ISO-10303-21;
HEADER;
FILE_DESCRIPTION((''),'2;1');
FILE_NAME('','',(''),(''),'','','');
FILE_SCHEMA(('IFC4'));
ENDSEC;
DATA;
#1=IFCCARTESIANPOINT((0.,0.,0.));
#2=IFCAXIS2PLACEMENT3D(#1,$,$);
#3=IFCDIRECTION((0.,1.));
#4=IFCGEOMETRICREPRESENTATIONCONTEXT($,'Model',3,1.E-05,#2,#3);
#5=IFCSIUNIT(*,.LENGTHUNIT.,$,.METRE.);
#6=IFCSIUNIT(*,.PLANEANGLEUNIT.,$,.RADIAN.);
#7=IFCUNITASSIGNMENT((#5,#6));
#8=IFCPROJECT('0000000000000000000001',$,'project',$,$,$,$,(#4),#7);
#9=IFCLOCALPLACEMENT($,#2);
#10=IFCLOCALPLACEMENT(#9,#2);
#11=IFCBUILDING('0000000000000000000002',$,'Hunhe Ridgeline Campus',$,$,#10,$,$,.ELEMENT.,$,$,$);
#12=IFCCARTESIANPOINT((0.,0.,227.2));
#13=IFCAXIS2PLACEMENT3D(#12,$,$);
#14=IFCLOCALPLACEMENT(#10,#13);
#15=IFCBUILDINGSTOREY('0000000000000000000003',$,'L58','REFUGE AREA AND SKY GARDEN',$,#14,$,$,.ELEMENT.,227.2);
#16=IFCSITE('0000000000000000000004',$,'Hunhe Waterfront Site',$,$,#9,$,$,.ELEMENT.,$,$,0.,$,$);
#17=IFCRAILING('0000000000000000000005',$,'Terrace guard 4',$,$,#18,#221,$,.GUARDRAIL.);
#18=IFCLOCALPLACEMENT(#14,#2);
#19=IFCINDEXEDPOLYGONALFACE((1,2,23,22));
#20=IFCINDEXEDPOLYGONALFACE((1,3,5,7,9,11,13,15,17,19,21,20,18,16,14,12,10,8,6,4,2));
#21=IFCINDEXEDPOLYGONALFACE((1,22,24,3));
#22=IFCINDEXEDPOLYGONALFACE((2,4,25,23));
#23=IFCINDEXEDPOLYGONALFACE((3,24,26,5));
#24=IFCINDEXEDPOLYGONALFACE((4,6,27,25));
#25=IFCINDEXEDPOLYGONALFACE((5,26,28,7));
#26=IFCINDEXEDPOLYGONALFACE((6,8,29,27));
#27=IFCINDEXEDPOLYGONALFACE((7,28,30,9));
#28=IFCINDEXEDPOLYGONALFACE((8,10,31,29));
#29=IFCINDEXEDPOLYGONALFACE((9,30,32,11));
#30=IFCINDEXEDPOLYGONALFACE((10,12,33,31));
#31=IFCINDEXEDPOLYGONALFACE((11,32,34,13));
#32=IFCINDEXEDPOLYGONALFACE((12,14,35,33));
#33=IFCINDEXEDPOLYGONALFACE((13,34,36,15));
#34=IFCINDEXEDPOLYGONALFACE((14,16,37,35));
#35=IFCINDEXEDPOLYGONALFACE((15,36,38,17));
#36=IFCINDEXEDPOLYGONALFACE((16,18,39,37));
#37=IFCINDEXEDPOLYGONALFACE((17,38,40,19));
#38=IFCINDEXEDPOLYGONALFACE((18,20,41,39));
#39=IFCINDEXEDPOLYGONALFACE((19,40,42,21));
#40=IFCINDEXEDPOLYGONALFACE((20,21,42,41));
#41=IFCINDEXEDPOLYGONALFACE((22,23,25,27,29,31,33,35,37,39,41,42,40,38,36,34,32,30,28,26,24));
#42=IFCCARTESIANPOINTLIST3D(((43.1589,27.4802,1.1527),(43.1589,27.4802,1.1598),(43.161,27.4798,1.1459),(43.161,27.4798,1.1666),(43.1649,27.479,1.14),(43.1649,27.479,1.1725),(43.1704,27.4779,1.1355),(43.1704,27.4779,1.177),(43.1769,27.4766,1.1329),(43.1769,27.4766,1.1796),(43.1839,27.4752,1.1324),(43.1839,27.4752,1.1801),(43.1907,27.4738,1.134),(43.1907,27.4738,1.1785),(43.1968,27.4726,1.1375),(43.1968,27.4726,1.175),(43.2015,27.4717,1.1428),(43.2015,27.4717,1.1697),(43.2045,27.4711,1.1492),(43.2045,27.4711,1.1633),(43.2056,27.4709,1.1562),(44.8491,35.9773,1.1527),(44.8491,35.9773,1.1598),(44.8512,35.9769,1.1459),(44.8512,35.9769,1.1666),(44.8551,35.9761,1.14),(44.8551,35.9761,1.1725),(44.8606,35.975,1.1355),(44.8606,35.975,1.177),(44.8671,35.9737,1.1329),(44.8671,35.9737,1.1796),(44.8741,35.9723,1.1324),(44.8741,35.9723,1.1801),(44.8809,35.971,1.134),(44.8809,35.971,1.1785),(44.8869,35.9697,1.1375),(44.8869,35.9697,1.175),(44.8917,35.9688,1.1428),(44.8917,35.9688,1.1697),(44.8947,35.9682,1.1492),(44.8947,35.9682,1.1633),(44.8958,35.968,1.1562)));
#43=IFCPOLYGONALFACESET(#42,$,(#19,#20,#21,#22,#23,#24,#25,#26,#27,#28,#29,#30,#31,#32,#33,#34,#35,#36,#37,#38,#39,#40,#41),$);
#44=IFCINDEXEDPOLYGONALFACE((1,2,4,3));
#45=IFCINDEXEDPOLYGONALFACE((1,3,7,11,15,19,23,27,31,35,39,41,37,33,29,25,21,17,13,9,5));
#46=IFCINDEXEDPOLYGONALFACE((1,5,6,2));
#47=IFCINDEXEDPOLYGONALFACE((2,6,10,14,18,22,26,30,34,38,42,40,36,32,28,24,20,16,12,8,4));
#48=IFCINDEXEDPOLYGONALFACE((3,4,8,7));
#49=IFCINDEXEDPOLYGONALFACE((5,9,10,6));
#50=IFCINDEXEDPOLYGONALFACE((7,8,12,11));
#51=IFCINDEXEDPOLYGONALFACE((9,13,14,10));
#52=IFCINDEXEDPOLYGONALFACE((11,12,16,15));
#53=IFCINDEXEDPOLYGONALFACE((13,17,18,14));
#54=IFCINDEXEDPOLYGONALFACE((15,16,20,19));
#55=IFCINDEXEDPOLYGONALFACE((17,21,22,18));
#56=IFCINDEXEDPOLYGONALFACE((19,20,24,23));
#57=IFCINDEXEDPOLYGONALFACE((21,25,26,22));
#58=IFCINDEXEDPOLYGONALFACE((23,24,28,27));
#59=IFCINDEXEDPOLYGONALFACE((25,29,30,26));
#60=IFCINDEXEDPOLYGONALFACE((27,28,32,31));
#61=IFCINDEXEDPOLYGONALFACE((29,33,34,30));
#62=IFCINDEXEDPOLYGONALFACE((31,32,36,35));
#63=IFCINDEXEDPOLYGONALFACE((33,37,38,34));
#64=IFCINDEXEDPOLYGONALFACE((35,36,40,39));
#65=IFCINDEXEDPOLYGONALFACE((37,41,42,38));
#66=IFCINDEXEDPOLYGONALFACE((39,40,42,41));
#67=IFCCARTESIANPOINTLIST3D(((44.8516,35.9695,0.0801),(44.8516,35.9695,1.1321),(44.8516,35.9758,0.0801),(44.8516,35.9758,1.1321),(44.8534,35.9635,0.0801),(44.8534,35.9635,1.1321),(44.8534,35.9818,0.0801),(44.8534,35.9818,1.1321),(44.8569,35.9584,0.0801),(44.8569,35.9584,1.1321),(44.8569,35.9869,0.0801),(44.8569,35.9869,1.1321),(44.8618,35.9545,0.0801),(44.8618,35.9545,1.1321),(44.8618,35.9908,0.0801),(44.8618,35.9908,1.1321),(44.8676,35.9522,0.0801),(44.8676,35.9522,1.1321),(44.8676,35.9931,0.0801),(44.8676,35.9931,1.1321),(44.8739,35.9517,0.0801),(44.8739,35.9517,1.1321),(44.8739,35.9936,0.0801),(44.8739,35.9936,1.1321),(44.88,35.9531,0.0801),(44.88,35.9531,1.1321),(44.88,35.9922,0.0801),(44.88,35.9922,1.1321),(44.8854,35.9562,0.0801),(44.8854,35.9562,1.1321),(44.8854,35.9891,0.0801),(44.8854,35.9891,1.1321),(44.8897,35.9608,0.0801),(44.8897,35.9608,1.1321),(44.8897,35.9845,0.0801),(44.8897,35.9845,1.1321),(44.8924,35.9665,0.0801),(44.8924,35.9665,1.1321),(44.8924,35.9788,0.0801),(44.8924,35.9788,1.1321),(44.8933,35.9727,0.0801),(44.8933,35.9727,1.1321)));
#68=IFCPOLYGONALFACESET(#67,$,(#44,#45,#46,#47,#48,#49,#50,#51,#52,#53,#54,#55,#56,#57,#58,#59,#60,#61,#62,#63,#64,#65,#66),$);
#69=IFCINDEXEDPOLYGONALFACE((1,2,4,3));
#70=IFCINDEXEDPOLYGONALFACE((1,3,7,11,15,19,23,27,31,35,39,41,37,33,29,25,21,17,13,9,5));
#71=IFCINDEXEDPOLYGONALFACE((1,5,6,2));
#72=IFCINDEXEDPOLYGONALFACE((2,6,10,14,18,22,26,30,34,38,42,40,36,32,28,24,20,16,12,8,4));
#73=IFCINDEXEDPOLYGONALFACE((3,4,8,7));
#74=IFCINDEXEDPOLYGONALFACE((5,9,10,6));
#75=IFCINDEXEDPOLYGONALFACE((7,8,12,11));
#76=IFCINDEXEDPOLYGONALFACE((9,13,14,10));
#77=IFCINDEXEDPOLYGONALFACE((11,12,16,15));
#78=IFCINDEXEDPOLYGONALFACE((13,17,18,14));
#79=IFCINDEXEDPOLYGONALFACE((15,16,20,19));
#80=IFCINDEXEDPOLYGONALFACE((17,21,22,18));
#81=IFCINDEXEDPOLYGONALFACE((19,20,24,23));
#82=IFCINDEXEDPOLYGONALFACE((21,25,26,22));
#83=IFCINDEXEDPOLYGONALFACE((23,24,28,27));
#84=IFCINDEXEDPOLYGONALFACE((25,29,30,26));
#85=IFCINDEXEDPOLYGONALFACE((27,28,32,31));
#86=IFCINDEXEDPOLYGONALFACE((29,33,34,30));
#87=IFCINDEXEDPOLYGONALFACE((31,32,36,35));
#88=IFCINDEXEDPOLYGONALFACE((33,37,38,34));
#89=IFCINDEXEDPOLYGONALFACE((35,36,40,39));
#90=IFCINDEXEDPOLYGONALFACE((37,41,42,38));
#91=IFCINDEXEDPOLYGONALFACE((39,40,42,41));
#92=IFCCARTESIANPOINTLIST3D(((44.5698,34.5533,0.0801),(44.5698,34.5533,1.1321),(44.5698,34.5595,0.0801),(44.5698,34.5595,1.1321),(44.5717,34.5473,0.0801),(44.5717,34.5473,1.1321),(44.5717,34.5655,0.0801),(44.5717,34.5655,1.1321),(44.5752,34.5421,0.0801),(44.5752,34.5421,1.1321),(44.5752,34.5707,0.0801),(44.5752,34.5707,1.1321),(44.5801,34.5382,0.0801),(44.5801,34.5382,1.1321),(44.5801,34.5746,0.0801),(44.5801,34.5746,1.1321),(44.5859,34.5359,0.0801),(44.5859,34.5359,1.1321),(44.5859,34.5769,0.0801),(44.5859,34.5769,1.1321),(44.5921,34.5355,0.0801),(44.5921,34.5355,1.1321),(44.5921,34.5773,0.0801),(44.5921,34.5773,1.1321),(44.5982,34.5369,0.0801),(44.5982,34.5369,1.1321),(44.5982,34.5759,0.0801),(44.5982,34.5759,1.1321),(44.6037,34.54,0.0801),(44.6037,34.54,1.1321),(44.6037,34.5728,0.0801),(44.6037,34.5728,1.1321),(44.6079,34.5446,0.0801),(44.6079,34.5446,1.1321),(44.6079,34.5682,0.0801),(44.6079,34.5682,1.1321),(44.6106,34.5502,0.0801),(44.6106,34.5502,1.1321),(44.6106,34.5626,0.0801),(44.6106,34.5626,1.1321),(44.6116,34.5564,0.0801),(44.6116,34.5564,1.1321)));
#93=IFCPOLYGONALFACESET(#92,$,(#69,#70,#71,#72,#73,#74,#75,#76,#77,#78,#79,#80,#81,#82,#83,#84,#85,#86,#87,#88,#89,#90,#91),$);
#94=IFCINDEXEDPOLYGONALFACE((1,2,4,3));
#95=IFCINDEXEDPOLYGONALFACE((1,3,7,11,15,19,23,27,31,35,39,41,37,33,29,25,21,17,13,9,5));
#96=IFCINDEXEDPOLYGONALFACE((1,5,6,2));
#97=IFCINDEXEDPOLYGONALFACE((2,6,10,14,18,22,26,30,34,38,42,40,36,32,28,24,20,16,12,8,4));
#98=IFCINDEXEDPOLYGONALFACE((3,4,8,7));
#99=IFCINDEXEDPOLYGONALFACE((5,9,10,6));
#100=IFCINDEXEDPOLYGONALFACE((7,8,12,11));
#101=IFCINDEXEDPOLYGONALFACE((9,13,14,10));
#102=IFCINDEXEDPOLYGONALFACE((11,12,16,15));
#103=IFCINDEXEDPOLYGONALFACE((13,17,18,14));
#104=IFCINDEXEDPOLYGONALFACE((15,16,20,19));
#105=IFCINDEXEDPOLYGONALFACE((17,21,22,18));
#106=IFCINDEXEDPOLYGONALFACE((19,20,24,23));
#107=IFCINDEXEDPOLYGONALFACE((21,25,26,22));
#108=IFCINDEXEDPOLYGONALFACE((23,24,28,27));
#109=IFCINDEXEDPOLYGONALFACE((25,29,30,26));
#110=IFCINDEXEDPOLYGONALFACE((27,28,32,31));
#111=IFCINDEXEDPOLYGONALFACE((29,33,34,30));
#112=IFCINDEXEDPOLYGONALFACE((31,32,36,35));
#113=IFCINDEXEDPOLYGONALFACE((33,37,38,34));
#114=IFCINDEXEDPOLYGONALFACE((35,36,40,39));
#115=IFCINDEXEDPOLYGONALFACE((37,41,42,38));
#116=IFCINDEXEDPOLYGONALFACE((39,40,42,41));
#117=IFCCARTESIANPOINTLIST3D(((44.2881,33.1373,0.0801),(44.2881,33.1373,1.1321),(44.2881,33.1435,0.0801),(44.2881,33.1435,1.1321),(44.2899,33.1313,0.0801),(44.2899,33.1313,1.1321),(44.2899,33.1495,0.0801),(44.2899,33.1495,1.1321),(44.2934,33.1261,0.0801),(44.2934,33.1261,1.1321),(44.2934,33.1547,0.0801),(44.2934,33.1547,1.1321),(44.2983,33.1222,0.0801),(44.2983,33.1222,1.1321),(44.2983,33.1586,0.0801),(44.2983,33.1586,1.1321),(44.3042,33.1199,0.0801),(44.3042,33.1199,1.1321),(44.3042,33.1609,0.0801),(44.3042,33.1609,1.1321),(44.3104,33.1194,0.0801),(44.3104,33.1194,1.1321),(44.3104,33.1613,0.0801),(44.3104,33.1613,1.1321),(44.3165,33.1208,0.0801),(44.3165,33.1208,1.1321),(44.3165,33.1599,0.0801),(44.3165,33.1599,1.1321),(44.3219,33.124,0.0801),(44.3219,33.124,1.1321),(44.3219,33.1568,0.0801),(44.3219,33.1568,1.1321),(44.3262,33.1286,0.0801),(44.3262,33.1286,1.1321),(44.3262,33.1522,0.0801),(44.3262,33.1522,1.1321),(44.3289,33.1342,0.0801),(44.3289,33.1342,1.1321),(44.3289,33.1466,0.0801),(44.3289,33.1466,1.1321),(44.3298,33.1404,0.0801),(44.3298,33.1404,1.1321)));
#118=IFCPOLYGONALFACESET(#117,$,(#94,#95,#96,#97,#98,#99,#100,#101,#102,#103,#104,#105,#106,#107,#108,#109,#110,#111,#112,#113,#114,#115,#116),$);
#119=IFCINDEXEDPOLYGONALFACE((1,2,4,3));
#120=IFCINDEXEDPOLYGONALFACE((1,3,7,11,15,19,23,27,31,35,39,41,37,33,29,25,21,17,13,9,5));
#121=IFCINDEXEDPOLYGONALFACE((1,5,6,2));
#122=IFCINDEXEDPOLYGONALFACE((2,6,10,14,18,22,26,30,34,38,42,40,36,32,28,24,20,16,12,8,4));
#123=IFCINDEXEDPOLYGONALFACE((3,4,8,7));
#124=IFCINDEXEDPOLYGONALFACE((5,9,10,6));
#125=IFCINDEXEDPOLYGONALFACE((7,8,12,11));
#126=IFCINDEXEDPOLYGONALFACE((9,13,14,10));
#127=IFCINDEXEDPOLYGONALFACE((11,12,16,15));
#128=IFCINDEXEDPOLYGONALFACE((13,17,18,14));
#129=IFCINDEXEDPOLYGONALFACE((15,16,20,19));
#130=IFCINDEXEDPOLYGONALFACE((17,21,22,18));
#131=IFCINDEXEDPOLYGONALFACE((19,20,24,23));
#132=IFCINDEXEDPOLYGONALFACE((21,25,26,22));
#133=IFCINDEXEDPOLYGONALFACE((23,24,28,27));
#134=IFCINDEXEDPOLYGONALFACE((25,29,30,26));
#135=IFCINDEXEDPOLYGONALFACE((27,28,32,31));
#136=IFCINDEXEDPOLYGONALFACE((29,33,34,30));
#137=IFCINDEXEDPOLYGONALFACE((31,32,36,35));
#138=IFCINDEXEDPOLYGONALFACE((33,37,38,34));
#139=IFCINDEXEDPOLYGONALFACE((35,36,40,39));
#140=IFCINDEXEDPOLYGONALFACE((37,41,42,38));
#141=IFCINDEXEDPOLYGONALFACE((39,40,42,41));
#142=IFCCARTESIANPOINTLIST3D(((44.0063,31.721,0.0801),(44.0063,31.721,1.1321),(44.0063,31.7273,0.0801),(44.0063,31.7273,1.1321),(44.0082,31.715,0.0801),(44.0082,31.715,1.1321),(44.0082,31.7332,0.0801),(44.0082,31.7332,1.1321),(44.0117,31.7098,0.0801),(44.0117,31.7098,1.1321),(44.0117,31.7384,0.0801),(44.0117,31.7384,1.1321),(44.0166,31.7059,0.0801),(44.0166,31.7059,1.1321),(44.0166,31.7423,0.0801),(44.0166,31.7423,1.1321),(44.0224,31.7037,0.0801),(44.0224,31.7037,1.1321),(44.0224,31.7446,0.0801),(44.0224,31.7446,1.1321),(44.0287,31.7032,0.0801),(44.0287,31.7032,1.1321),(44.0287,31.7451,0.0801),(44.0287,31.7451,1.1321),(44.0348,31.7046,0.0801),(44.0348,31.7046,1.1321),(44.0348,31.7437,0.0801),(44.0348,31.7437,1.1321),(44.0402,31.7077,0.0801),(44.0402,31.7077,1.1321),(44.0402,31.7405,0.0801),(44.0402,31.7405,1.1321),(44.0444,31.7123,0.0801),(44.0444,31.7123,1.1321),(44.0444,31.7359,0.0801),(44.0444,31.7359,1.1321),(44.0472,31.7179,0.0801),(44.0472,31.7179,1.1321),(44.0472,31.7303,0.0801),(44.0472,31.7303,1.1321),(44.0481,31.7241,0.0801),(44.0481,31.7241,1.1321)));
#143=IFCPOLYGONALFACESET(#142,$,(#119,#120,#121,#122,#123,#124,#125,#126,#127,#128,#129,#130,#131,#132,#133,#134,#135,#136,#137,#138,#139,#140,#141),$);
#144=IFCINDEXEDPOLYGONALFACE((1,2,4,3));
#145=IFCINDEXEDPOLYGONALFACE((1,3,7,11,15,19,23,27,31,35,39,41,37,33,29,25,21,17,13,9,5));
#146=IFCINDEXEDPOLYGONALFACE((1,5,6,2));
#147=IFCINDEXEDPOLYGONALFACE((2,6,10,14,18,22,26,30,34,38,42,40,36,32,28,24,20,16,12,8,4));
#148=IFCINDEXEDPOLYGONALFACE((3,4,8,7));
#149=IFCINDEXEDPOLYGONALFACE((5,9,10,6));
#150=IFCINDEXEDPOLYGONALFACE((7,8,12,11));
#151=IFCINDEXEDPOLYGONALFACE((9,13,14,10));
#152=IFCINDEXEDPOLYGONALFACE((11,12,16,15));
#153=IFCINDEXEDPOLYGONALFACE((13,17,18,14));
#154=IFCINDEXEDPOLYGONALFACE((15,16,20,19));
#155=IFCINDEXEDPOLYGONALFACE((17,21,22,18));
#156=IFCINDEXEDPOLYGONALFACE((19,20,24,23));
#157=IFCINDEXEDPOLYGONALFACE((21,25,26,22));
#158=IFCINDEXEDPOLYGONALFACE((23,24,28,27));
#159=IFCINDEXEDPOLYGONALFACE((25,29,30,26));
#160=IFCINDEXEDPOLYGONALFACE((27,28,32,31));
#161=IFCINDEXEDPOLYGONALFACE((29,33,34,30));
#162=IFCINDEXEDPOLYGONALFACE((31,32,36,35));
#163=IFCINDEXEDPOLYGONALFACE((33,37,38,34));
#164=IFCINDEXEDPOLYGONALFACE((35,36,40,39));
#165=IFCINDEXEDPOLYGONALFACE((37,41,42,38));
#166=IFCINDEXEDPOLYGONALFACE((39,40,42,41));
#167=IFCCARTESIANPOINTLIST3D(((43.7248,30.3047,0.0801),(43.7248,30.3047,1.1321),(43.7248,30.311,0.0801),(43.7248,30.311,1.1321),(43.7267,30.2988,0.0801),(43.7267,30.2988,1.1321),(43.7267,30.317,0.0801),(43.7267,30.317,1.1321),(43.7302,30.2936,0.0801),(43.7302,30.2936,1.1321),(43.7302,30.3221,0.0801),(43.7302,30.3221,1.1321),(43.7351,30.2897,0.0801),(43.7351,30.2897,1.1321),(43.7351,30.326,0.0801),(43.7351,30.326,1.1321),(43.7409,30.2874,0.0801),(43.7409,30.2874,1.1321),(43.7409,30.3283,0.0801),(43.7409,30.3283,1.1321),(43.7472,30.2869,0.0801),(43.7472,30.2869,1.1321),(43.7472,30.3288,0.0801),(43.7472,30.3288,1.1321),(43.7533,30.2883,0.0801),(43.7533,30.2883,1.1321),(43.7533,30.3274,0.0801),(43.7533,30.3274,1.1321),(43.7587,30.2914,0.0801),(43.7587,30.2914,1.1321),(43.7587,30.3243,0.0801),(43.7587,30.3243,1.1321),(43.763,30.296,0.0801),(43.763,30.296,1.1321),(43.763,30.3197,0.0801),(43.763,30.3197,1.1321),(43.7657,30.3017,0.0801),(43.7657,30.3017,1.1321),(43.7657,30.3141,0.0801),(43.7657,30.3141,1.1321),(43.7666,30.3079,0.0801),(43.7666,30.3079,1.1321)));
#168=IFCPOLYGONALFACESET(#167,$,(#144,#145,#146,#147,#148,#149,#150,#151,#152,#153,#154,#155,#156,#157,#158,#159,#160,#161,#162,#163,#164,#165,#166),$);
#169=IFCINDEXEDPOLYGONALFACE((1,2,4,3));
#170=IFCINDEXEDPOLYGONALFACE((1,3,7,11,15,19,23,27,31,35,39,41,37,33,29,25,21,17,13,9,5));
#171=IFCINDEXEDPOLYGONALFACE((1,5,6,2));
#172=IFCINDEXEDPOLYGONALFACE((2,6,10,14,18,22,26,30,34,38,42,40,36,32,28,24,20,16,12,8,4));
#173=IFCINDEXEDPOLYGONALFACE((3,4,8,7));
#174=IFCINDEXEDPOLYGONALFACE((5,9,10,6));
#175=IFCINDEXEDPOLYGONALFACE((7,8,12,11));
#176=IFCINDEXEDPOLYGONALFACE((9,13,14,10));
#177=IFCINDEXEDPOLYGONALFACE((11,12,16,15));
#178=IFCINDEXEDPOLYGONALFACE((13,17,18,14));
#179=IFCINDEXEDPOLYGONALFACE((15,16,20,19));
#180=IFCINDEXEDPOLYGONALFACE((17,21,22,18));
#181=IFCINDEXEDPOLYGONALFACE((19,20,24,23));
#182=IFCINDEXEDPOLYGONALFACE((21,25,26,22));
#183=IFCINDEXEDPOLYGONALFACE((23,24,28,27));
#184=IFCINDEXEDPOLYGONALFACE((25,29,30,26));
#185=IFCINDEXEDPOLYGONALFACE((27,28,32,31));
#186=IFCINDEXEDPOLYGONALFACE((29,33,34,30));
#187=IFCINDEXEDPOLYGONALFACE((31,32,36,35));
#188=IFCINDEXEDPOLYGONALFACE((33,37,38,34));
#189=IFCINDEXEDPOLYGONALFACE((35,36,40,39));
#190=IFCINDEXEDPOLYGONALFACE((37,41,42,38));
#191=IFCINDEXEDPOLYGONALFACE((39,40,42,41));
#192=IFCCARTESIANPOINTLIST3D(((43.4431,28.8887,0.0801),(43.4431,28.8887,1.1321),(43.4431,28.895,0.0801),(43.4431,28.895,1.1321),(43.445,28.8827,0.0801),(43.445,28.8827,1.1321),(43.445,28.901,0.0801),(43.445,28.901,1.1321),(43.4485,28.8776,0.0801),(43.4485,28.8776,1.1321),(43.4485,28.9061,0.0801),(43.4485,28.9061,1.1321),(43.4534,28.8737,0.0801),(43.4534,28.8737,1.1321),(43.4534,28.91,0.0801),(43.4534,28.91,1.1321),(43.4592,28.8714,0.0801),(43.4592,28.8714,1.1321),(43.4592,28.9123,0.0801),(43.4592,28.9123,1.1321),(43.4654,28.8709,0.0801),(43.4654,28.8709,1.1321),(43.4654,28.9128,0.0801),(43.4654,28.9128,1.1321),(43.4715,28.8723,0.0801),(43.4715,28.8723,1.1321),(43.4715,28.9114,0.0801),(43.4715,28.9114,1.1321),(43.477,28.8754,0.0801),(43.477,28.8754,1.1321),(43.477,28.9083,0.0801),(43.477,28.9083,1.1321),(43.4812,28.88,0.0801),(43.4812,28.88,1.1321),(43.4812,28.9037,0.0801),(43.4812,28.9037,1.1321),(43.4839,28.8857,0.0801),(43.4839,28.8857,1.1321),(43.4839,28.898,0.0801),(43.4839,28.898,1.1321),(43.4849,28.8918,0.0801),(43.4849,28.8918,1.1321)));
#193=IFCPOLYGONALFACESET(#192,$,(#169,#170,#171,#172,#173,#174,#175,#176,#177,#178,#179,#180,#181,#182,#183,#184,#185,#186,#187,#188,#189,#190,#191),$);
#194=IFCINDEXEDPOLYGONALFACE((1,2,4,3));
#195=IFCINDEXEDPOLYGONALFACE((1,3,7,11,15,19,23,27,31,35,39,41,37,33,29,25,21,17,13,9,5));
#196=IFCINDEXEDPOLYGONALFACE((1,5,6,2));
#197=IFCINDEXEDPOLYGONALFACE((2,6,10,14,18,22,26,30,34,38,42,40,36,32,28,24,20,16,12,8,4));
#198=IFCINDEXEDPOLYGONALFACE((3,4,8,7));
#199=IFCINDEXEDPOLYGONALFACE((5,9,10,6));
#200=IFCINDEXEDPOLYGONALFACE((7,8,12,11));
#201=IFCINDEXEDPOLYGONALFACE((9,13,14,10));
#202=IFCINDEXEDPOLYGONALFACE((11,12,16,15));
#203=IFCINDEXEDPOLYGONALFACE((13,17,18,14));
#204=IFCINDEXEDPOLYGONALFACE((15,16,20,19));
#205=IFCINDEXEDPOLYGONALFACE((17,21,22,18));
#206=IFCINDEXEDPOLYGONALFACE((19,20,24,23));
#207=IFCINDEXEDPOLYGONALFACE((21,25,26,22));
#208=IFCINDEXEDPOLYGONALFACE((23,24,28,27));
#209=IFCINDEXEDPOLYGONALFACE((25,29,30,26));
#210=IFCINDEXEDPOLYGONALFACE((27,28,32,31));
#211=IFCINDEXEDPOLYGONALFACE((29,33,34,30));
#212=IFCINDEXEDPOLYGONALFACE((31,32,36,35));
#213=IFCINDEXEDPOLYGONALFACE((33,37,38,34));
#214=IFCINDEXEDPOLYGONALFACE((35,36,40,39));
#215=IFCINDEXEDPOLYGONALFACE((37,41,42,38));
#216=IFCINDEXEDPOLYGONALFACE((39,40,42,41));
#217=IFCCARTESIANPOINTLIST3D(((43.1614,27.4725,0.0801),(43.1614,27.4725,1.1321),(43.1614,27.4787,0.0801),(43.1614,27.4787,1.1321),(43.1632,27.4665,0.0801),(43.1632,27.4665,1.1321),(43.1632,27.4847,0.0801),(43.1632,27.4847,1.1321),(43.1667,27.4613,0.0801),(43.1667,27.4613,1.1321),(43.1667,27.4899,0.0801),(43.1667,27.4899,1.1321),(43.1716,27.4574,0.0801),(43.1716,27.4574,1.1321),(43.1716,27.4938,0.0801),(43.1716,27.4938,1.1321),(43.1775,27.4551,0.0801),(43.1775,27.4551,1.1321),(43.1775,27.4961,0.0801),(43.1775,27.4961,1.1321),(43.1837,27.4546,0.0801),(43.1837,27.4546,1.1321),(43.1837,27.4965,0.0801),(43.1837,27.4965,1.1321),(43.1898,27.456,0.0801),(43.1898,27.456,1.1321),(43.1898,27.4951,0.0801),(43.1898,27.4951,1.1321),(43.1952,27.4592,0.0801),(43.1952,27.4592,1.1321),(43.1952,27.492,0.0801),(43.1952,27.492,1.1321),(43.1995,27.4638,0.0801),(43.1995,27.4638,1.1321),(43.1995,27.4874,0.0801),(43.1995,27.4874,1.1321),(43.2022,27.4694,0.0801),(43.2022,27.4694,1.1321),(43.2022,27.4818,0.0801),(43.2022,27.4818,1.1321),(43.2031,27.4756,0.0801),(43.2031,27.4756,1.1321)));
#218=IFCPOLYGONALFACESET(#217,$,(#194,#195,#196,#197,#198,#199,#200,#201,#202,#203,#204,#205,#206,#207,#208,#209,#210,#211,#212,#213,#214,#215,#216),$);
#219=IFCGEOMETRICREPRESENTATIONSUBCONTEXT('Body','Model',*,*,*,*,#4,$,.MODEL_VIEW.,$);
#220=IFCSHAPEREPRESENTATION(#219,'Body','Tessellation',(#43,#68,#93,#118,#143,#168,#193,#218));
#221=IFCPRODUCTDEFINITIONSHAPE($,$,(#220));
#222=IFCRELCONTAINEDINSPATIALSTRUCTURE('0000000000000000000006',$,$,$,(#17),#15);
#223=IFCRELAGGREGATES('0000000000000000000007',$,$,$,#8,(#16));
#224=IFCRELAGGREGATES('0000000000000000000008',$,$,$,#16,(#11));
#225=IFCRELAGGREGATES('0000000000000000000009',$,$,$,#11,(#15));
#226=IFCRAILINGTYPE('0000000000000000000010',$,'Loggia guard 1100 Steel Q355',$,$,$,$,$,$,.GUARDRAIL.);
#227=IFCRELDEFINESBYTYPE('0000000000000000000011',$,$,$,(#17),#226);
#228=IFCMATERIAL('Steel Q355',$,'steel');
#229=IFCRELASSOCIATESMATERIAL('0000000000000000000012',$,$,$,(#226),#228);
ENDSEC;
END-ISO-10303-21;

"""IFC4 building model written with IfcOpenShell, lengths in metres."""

from ifc_helpers import new_model, si_unit, direction, frame, origin, origin_2d, place, context, subcontext, project, spatial, circle, extrude, material, type_object, element, save


model = new_model("IFC4")

# Units and contexts
model_context = context("Model", 3, precision=1e-05, world=origin(), true_north=direction((0.0, 1.0)))
body_context = subcontext(model_context, "Body", "Model", "MODEL_VIEW")
ifc_project = project(units=[si_unit("LENGTHUNIT", "METRE"), si_unit("PLANEANGLEUNIT", "RADIAN")], contexts=[model_context])

# Site, building, storey
site_placement = place(None, origin())
site = spatial("IfcSite", under=ifc_project, at=site_placement, Name="Hunhe Waterfront Site", CompositionType="ELEMENT", RefElevation=0.0)
building_placement = place(site_placement, origin())
building = spatial("IfcBuilding", under=site, at=building_placement, Name="Hunhe Ridgeline Campus", CompositionType="ELEMENT")
storey_placement = place(building_placement, frame((0.0, 0.0, 227.2)))
storey = spatial("IfcBuildingStorey", under=building, at=storey_placement, Name="L58", Description="REFUGE AREA AND SKY GARDEN", CompositionType="ELEMENT", Elevation=227.2)

# Railing
ifc_material_1 = material(Name="Steel Q355", Category="steel")
railing_type = type_object("IfcRailingType", Name="Loggia guard 1100 Steel Q355", PredefinedType="GUARDRAIL", material=ifc_material_1)
railing_1_placement = place(storey_placement, frame((44.8723, 35.9727, 0.0801)))
element("IfcRailing", 1, at=railing_1_placement, inside=storey, type_object=railing_type, Name="Terrace guard 4", PredefinedType="GUARDRAIL", context=body_context, shape_type="SweptSolid", body=[
    extrude(circle(Radius=0.0239, at=origin_2d()), frame((0.0, 0.0, 1.0762), z_axis=(-0.195092, -0.980785, 0.0), x_axis=(0.980785, -0.195092, 0.0)), (0.0, 0.0, 1.0), 8.6636),
    extrude(circle(Radius=0.021, at=origin_2d()), origin(), (0.0, 0.0, 1.0), 1.052),
    extrude(circle(Radius=0.021, at=origin_2d()), frame((-0.2817, -1.4163, 0.0)), (0.0, 0.0, 1.0), 1.052),
    extrude(circle(Radius=0.021, at=origin_2d()), frame((-0.5635, -2.8323, 0.0)), (0.0, 0.0, 1.0), 1.052),
    extrude(circle(Radius=0.021, at=origin_2d()), frame((-0.8452, -4.2485, 0.0)), (0.0, 0.0, 1.0), 1.052),
    extrude(circle(Radius=0.021, at=origin_2d()), frame((-1.1267, -5.6648, 0.0)), (0.0, 0.0, 1.0), 1.052),
    extrude(circle(Radius=0.021, at=origin_2d()), frame((-1.4084, -7.0808, 0.0)), (0.0, 0.0, 1.0), 1.052),
    extrude(circle(Radius=0.021, at=origin_2d()), frame((-1.6902, -8.4971, 0.0)), (0.0, 0.0, 1.0), 1.052),
])

save(model, "model.ifc")
